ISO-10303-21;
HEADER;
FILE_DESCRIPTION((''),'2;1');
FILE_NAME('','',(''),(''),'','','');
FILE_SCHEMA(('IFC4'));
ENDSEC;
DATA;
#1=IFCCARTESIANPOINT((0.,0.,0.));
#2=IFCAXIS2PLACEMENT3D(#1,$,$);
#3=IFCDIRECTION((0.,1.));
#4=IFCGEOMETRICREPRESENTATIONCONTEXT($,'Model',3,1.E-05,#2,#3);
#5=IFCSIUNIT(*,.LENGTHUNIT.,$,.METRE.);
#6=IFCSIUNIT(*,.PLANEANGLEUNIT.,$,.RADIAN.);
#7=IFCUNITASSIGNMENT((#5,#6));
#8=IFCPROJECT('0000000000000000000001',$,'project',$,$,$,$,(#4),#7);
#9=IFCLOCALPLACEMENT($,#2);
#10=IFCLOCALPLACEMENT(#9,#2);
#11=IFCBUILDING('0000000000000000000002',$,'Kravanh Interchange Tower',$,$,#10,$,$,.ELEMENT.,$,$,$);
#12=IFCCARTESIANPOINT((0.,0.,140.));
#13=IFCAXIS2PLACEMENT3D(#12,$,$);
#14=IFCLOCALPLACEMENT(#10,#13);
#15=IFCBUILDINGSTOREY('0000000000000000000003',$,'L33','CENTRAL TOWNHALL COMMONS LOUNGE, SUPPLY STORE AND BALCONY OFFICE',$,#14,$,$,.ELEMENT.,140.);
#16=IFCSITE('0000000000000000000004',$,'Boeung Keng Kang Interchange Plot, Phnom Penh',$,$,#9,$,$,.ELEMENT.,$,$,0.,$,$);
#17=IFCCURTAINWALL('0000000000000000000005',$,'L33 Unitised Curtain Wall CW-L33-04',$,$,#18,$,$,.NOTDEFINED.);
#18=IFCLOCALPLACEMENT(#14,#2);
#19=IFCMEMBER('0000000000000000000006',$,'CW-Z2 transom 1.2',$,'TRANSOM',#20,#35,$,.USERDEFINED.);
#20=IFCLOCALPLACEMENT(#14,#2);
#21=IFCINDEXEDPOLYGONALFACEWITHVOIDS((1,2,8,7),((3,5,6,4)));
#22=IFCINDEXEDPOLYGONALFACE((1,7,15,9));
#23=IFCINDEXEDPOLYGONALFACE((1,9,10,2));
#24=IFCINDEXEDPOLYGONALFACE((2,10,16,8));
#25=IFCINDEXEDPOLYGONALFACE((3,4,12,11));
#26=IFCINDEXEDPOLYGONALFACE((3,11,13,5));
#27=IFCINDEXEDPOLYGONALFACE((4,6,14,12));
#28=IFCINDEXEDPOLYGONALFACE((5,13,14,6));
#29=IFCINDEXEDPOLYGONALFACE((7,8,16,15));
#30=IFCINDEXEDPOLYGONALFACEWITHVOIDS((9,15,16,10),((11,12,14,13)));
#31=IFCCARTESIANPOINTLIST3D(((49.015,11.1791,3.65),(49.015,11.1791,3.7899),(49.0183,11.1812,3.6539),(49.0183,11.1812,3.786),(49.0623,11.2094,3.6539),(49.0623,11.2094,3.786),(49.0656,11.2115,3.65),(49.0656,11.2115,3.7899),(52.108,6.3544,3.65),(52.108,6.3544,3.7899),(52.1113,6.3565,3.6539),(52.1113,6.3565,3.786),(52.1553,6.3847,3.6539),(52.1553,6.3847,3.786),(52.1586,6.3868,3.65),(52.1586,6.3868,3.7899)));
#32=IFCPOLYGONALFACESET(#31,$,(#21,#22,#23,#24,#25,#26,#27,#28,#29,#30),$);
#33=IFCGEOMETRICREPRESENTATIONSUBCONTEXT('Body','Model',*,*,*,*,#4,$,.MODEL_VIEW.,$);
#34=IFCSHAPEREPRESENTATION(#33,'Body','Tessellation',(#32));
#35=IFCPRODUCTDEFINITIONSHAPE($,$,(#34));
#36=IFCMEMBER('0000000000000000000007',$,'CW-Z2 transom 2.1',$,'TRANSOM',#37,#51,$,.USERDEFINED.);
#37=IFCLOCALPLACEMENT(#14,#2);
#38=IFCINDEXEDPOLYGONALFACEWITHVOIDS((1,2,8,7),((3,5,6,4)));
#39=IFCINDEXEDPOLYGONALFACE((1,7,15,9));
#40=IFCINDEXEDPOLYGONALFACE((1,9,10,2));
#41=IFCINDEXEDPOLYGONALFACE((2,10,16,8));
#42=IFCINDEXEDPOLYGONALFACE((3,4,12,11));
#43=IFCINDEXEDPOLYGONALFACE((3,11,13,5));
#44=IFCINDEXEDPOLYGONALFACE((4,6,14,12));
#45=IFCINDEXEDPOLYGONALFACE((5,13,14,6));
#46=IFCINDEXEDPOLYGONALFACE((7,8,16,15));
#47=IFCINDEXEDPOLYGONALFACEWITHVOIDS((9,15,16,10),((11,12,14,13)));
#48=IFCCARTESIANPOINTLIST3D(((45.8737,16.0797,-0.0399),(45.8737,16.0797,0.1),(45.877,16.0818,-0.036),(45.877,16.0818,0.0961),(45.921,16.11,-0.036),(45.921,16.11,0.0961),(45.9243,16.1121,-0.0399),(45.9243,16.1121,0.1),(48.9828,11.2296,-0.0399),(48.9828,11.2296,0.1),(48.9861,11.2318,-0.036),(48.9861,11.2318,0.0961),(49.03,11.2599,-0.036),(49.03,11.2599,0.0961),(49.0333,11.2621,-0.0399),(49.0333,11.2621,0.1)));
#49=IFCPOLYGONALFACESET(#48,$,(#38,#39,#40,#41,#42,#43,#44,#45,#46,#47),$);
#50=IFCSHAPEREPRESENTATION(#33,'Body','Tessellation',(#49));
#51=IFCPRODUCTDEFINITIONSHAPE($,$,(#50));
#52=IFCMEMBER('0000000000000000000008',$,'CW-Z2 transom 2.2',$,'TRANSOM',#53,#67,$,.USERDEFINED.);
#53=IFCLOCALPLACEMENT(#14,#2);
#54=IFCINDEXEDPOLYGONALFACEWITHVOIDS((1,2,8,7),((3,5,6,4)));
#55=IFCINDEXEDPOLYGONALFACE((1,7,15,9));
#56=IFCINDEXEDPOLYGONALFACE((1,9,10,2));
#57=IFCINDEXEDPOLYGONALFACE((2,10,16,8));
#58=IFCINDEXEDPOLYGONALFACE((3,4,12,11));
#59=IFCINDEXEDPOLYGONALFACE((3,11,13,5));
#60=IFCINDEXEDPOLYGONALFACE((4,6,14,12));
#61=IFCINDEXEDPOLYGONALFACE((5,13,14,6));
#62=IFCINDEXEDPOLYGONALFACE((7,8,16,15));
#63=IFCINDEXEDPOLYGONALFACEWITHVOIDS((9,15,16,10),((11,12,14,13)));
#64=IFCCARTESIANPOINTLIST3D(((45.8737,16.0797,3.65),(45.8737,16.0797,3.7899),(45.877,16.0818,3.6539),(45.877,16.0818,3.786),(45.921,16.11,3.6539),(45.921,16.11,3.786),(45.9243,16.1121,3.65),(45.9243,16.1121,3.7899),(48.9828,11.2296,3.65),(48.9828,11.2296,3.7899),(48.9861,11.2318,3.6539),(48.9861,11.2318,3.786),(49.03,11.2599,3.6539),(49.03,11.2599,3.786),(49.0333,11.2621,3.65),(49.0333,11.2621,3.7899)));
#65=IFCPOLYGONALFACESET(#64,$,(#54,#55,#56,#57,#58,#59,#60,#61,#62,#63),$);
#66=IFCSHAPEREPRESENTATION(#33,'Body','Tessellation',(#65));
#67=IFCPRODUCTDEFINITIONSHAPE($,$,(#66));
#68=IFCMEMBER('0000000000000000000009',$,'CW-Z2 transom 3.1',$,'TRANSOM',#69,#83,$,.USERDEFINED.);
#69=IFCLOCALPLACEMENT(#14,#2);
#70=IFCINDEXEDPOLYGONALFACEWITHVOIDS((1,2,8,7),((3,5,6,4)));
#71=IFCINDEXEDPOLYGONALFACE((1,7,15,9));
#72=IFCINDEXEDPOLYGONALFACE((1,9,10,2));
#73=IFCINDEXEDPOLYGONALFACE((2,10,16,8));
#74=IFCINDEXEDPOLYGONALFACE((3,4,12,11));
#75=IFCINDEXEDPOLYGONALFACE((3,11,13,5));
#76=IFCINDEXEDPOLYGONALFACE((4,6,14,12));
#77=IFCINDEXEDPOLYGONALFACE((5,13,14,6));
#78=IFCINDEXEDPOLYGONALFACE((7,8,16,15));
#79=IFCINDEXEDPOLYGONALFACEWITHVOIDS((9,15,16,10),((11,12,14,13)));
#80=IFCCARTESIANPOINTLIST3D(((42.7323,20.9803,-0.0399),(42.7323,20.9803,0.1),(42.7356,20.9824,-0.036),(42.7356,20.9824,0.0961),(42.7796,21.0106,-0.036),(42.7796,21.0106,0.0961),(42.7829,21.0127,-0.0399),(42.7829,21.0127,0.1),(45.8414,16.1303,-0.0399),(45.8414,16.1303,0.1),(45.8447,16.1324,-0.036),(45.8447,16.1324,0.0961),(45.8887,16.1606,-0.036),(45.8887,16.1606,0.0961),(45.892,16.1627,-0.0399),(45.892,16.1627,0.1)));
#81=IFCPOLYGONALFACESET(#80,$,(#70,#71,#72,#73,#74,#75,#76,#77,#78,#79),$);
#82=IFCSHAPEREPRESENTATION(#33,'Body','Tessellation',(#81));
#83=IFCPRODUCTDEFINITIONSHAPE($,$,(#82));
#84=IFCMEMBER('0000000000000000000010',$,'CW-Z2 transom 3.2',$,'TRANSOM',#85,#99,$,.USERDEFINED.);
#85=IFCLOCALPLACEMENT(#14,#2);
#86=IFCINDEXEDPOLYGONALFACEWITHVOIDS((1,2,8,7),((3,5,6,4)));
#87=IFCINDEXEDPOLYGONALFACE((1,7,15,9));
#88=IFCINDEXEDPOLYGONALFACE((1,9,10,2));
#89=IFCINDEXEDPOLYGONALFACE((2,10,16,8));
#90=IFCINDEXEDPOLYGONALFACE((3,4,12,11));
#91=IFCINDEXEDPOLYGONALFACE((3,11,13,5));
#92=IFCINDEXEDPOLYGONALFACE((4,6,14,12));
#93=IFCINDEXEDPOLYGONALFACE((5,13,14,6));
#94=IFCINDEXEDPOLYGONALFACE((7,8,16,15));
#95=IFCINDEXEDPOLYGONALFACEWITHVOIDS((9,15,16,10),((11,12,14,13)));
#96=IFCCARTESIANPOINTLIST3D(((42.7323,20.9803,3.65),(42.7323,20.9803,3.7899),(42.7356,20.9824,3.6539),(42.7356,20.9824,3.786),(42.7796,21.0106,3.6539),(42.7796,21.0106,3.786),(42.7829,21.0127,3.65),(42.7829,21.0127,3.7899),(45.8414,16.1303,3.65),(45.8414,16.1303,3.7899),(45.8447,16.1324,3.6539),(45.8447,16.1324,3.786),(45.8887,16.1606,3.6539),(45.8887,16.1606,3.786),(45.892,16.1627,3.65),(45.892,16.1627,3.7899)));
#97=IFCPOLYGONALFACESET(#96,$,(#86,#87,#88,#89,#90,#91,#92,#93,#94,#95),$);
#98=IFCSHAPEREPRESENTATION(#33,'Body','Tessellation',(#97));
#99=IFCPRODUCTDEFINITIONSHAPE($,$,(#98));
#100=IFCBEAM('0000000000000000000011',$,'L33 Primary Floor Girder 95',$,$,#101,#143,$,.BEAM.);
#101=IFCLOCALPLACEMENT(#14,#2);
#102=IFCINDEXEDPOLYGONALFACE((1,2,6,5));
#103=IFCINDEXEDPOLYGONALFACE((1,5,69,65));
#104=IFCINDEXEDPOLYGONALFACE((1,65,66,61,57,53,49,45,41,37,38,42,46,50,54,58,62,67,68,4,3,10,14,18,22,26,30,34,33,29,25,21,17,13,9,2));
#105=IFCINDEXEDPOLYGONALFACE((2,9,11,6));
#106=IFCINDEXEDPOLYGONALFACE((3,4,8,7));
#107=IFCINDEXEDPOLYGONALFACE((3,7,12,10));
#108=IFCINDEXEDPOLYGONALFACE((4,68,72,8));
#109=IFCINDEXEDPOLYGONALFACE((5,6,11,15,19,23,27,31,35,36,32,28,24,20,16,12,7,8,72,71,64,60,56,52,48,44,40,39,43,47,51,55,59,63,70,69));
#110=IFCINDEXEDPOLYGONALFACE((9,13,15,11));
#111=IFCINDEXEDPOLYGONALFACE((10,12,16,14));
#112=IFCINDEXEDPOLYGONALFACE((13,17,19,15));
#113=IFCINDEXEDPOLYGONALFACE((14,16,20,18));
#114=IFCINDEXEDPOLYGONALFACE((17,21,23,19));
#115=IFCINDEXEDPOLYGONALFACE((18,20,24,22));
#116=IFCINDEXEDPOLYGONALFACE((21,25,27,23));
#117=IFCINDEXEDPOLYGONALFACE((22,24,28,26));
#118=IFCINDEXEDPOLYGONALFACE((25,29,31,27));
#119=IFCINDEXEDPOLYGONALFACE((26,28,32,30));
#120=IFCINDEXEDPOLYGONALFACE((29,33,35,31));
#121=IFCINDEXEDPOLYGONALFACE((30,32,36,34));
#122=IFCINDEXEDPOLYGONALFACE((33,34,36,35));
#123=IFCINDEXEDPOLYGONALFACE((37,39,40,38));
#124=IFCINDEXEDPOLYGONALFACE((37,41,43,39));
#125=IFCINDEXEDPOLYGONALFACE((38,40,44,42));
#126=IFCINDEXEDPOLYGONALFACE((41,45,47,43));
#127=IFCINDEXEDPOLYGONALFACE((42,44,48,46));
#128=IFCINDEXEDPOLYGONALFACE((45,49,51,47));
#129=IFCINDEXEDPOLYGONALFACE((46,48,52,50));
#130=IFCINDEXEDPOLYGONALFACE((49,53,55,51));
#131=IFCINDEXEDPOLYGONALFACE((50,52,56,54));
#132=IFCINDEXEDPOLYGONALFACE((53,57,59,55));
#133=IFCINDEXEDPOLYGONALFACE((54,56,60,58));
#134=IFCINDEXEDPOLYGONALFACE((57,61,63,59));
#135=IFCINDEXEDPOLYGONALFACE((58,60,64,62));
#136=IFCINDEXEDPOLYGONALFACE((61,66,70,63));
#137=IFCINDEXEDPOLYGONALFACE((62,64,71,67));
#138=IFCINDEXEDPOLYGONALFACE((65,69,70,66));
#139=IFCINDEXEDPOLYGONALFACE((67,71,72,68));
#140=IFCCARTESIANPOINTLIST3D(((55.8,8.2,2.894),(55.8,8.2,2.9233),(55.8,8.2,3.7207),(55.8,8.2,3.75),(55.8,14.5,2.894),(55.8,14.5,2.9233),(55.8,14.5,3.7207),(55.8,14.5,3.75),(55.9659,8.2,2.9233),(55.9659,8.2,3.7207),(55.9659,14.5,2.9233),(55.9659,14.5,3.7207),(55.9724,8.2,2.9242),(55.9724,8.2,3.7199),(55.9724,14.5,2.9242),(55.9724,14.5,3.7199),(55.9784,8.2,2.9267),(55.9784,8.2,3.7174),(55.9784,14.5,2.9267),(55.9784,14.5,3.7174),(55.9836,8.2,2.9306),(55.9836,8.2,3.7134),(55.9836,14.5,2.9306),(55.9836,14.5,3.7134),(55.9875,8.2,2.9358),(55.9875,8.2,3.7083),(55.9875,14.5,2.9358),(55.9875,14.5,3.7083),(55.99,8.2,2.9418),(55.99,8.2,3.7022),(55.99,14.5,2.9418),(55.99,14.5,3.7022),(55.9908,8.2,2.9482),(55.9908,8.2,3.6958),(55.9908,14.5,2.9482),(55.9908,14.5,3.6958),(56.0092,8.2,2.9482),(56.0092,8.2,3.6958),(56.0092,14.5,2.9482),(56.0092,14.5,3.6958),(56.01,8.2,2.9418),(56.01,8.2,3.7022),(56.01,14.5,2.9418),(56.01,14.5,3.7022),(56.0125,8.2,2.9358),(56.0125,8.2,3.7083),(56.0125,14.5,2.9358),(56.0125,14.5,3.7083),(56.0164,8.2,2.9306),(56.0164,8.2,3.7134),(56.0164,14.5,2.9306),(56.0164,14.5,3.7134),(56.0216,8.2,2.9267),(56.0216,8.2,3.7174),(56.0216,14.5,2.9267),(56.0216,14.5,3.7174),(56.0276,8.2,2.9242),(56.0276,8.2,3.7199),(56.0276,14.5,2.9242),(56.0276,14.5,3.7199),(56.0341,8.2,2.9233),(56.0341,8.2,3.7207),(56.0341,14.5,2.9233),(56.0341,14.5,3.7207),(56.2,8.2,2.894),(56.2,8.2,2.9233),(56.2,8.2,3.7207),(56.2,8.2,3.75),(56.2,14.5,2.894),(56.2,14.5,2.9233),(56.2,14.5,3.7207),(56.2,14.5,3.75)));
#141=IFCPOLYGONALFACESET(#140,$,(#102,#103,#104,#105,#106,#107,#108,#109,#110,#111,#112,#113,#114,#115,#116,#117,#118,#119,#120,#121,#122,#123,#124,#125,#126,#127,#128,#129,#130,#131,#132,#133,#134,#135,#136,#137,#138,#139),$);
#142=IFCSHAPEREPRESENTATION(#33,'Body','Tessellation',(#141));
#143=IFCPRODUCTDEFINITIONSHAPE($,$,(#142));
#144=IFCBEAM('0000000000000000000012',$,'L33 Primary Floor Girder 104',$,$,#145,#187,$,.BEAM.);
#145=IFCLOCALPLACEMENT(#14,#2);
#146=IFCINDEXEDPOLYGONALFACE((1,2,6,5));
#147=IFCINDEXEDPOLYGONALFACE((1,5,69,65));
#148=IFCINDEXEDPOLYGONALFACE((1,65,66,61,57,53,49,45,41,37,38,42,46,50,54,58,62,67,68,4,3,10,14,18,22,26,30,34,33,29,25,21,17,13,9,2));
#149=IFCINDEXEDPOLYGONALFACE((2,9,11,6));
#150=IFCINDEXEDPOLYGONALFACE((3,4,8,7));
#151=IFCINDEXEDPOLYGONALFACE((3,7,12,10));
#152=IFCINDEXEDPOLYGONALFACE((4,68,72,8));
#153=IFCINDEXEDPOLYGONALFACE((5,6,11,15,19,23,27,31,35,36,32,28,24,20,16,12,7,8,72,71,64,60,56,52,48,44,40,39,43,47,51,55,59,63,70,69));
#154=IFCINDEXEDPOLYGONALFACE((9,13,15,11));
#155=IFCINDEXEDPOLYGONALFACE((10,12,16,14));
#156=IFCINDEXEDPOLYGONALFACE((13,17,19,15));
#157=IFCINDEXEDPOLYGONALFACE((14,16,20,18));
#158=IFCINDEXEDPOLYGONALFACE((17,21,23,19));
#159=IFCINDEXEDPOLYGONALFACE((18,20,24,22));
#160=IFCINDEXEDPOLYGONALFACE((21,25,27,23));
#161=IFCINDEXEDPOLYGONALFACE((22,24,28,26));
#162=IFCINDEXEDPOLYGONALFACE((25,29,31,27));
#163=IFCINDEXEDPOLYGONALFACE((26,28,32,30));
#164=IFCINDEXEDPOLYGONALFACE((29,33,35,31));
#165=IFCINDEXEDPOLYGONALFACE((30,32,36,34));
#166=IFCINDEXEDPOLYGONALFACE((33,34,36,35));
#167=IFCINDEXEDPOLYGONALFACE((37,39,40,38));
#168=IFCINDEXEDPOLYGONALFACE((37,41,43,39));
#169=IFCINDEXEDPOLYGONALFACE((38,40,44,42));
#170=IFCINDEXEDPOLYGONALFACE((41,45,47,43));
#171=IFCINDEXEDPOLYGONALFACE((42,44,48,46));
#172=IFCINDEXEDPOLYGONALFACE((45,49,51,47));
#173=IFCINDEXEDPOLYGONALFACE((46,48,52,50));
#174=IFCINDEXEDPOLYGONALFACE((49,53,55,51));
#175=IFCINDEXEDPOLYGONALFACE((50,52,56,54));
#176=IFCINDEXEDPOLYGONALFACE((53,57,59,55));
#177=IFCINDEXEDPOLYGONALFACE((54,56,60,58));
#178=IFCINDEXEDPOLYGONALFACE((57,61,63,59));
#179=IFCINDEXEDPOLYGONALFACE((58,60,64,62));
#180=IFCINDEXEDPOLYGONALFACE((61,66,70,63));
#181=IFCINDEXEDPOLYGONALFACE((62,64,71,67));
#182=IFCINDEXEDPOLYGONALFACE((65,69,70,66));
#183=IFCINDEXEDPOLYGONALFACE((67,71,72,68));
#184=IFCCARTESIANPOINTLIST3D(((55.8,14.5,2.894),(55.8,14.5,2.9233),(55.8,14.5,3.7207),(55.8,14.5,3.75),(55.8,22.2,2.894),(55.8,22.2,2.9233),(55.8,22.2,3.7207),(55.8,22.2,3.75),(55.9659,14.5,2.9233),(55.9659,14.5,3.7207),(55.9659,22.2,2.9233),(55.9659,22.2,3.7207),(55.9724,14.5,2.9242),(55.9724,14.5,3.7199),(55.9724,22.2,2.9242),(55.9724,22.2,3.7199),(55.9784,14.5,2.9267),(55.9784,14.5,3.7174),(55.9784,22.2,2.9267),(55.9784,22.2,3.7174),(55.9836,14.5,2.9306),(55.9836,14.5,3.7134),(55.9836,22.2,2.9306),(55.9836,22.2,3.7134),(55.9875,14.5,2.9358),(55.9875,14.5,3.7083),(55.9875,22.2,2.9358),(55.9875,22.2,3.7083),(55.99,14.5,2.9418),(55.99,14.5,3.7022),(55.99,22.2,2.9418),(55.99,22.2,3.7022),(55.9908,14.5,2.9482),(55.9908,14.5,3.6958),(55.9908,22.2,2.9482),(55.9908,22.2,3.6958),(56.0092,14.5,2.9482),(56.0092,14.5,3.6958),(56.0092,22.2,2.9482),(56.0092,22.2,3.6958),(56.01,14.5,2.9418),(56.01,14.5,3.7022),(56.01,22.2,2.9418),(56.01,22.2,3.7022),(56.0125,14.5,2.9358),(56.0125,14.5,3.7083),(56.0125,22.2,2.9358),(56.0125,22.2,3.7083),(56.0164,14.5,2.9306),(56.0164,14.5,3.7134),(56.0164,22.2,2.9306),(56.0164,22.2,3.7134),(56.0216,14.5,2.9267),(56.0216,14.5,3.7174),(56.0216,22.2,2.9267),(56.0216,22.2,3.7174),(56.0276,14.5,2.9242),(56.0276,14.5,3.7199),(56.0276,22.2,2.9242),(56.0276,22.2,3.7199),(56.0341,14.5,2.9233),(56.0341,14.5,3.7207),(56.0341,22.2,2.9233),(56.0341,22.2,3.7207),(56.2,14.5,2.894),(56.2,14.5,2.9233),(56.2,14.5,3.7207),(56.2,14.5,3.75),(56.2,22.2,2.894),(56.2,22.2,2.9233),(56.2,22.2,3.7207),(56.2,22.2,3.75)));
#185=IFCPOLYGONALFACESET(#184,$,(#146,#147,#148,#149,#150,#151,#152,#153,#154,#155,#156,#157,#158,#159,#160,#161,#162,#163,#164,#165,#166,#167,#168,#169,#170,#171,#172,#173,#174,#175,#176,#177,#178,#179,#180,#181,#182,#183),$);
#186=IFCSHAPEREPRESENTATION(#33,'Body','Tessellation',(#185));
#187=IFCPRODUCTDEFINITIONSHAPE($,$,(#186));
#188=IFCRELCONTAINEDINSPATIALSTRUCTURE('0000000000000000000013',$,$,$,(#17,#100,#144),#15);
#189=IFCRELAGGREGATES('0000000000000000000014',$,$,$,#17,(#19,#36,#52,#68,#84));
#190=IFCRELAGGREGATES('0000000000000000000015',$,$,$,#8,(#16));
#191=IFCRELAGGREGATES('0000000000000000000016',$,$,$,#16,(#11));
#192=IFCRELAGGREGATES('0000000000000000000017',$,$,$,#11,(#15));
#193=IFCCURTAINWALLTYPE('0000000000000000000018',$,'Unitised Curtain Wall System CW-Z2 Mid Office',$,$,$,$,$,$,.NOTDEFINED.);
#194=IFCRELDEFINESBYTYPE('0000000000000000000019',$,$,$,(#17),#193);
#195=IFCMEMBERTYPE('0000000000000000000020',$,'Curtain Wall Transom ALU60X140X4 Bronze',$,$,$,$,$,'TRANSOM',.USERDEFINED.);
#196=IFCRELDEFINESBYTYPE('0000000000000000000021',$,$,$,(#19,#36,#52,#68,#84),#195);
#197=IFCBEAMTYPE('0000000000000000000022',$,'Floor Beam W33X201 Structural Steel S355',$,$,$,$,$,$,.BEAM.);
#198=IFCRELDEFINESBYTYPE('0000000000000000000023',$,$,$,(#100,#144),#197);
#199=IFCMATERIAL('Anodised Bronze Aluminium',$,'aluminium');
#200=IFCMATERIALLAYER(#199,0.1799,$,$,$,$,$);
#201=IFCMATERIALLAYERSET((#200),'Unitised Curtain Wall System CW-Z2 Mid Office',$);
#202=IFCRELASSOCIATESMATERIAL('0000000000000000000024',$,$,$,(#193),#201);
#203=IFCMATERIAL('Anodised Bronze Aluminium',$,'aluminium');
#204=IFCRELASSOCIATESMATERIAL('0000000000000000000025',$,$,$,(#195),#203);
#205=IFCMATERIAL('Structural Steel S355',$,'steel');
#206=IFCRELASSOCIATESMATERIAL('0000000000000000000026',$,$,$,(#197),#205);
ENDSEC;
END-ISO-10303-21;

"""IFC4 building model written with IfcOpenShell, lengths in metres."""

from ifc_helpers import new_model, si_unit, direction, frame, origin, origin_2d, place, context, subcontext, project, spatial, hollow_rectangle, i_section, extrude, material, layer, layer_set, material_profile, profile_set, type_object, element, aggregate, save


model = new_model("IFC4")

# Units and contexts
model_context = context("Model", 3, precision=1e-05, world=origin(), true_north=direction((0.0, 1.0)))
body_context = subcontext(model_context, "Body", "Model", "MODEL_VIEW")
ifc_project = project(units=[si_unit("LENGTHUNIT", "METRE"), si_unit("PLANEANGLEUNIT", "RADIAN")], contexts=[model_context])

# Site, building, storey
site_placement = place(None, origin())
site = spatial("IfcSite", under=ifc_project, at=site_placement, Name="Boeung Keng Kang Interchange Plot, Phnom Penh", CompositionType="ELEMENT", RefElevation=0.0)
building_placement = place(site_placement, origin())
building = spatial("IfcBuilding", under=site, at=building_placement, Name="Kravanh Interchange Tower", CompositionType="ELEMENT")
storey_placement = place(building_placement, frame((0.0, 0.0, 140.0)))
storey = spatial("IfcBuildingStorey", under=building, at=storey_placement, Name="L33", Description="CENTRAL TOWNHALL COMMONS LOUNGE, SUPPLY STORE AND BALCONY OFFICE", CompositionType="ELEMENT", Elevation=140.0)

# Shared definitions
ifc_material_1 = material(Name="Anodised Bronze Aluminium", Category="aluminium")
ifc_layer_1 = layer(ifc_material_1, 0.1799)
ifc_layer_set_1 = layer_set([ifc_layer_1], Name="Unitised Curtain Wall System CW-Z2 Mid Office")
curtain_wall_type = type_object("IfcCurtainWallType", Name="Unitised Curtain Wall System CW-Z2 Mid Office", PredefinedType="NOTDEFINED", material=ifc_layer_set_1)

# Curtain wall, members
curtain_wall_1_placement = place(storey_placement, origin())
curtain_wall_1 = element("IfcCurtainWall", 1, at=curtain_wall_1_placement, inside=storey, type_object=curtain_wall_type, Name="L33 Unitised Curtain Wall CW-L33-04", PredefinedType="NOTDEFINED")
ifc_material_2 = material(Name="Anodised Bronze Aluminium", Category="aluminium")
ifc_material_profile_1 = material_profile(ifc_material_2, hollow_rectangle(XDim=0.0601, YDim=0.1399, WallThickness=0.0039, at=origin_2d()), Name="ALU60X140X4")
ifc_profile_set_1 = profile_set([ifc_material_profile_1], Name="Anodised Bronze Aluminium")
member_type_1 = type_object("IfcMemberType", Name="Curtain Wall Transom ALU60X140X4 Bronze", ElementType="TRANSOM", PredefinedType="USERDEFINED", material=ifc_profile_set_1)
member_1_placement = place(storey_placement, frame((52.1333, 6.3706, 3.72), z_axis=(-0.539698, 0.841859, 0.0), x_axis=(-0.841859, -0.539698, 0.0)))
member_1 = element("IfcMember", 2, at=member_1_placement, type_object=member_type_1, Name="CW-Z2 transom 1.2", ObjectType="TRANSOM", PredefinedType="USERDEFINED", context=body_context, shape_type="SweptSolid", body=[
    extrude(hollow_rectangle(XDim=0.0601, YDim=0.1399, WallThickness=0.0039, at=origin_2d()), origin(), (0.0, 0.0, 1.0), 5.731),
])
member_2_placement = place(storey_placement, frame((49.0081, 11.2458, 0.03), z_axis=(-0.539678, 0.841872, 0.0), x_axis=(-0.841872, -0.539678, 0.0)))
member_2 = element("IfcMember", 3, at=member_2_placement, type_object=member_type_1, Name="CW-Z2 transom 2.1", ObjectType="TRANSOM", PredefinedType="USERDEFINED", context=body_context, shape_type="SweptSolid", body=[
    extrude(hollow_rectangle(XDim=0.0601, YDim=0.1399, WallThickness=0.0039, at=origin_2d()), origin(), (0.0, 0.0, 1.0), 5.761),
])
member_3_placement = place(storey_placement, frame((49.0081, 11.2458, 3.72), z_axis=(-0.539678, 0.841872, 0.0), x_axis=(-0.841872, -0.539678, 0.0)))
member_3 = element("IfcMember", 4, at=member_3_placement, type_object=member_type_1, Name="CW-Z2 transom 2.2", ObjectType="TRANSOM", PredefinedType="USERDEFINED", context=body_context, shape_type="SweptSolid", body=[
    extrude(hollow_rectangle(XDim=0.0601, YDim=0.1399, WallThickness=0.0039, at=origin_2d()), origin(), (0.0, 0.0, 1.0), 5.761),
])
member_4_placement = place(storey_placement, frame((45.8667, 16.1465, 0.03), z_axis=(-0.539678, 0.841872, 0.0), x_axis=(-0.841872, -0.539678, 0.0)))
member_4 = element("IfcMember", 5, at=member_4_placement, type_object=member_type_1, Name="CW-Z2 transom 3.1", ObjectType="TRANSOM", PredefinedType="USERDEFINED", context=body_context, shape_type="SweptSolid", body=[
    extrude(hollow_rectangle(XDim=0.0601, YDim=0.1399, WallThickness=0.0039, at=origin_2d()), origin(), (0.0, 0.0, 1.0), 5.761),
])
member_5_placement = place(storey_placement, frame((45.8667, 16.1465, 3.72), z_axis=(-0.539678, 0.841872, 0.0), x_axis=(-0.841872, -0.539678, 0.0)))
member_5 = element("IfcMember", 6, at=member_5_placement, type_object=member_type_1, Name="CW-Z2 transom 3.2", ObjectType="TRANSOM", PredefinedType="USERDEFINED", context=body_context, shape_type="SweptSolid", body=[
    extrude(hollow_rectangle(XDim=0.0601, YDim=0.1399, WallThickness=0.0039, at=origin_2d()), origin(), (0.0, 0.0, 1.0), 5.761),
])

# Beams
ifc_material_3 = material(Name="Structural Steel S355", Category="steel")
ifc_material_profile_2 = material_profile(ifc_material_3, i_section(OverallWidth=0.3999, OverallDepth=0.856, WebThickness=0.0183, FlangeThickness=0.0293, FilletRadius=0.0249, at=origin_2d()), Name="W33X201")
ifc_profile_set_2 = profile_set([ifc_material_profile_2], Name="Structural Steel S355")
beam_type_1 = type_object("IfcBeamType", Name="Floor Beam W33X201 Structural Steel S355", PredefinedType="BEAM", material=ifc_profile_set_2)
beam_1_placement = place(storey_placement, frame((56.0, 8.2, 3.322), z_axis=(0.0, 1.0, 0.0), x_axis=(-1.0, 0.0, 0.0)))
element("IfcBeam", 7, at=beam_1_placement, inside=storey, type_object=beam_type_1, Name="L33 Primary Floor Girder 95", PredefinedType="BEAM", context=body_context, shape_type="SweptSolid", body=[
    extrude(i_section(OverallWidth=0.3999, OverallDepth=0.856, WebThickness=0.0183, FlangeThickness=0.0293, FilletRadius=0.0249, at=origin_2d()), origin(), (0.0, 0.0, 1.0), 6.3),
])
beam_2_placement = place(storey_placement, frame((56.0, 14.5, 3.322), z_axis=(0.0, 1.0, 0.0), x_axis=(-1.0, 0.0, 0.0)))
element("IfcBeam", 8, at=beam_2_placement, inside=storey, type_object=beam_type_1, Name="L33 Primary Floor Girder 104", PredefinedType="BEAM", context=body_context, shape_type="SweptSolid", body=[
    extrude(i_section(OverallWidth=0.3999, OverallDepth=0.856, WebThickness=0.0183, FlangeThickness=0.0293, FilletRadius=0.0249, at=origin_2d()), origin(), (0.0, 0.0, 1.0), 7.7),
])

aggregate(curtain_wall_1, [member_1, member_2, member_3, member_4, member_5])

save(model, "model.ifc")
